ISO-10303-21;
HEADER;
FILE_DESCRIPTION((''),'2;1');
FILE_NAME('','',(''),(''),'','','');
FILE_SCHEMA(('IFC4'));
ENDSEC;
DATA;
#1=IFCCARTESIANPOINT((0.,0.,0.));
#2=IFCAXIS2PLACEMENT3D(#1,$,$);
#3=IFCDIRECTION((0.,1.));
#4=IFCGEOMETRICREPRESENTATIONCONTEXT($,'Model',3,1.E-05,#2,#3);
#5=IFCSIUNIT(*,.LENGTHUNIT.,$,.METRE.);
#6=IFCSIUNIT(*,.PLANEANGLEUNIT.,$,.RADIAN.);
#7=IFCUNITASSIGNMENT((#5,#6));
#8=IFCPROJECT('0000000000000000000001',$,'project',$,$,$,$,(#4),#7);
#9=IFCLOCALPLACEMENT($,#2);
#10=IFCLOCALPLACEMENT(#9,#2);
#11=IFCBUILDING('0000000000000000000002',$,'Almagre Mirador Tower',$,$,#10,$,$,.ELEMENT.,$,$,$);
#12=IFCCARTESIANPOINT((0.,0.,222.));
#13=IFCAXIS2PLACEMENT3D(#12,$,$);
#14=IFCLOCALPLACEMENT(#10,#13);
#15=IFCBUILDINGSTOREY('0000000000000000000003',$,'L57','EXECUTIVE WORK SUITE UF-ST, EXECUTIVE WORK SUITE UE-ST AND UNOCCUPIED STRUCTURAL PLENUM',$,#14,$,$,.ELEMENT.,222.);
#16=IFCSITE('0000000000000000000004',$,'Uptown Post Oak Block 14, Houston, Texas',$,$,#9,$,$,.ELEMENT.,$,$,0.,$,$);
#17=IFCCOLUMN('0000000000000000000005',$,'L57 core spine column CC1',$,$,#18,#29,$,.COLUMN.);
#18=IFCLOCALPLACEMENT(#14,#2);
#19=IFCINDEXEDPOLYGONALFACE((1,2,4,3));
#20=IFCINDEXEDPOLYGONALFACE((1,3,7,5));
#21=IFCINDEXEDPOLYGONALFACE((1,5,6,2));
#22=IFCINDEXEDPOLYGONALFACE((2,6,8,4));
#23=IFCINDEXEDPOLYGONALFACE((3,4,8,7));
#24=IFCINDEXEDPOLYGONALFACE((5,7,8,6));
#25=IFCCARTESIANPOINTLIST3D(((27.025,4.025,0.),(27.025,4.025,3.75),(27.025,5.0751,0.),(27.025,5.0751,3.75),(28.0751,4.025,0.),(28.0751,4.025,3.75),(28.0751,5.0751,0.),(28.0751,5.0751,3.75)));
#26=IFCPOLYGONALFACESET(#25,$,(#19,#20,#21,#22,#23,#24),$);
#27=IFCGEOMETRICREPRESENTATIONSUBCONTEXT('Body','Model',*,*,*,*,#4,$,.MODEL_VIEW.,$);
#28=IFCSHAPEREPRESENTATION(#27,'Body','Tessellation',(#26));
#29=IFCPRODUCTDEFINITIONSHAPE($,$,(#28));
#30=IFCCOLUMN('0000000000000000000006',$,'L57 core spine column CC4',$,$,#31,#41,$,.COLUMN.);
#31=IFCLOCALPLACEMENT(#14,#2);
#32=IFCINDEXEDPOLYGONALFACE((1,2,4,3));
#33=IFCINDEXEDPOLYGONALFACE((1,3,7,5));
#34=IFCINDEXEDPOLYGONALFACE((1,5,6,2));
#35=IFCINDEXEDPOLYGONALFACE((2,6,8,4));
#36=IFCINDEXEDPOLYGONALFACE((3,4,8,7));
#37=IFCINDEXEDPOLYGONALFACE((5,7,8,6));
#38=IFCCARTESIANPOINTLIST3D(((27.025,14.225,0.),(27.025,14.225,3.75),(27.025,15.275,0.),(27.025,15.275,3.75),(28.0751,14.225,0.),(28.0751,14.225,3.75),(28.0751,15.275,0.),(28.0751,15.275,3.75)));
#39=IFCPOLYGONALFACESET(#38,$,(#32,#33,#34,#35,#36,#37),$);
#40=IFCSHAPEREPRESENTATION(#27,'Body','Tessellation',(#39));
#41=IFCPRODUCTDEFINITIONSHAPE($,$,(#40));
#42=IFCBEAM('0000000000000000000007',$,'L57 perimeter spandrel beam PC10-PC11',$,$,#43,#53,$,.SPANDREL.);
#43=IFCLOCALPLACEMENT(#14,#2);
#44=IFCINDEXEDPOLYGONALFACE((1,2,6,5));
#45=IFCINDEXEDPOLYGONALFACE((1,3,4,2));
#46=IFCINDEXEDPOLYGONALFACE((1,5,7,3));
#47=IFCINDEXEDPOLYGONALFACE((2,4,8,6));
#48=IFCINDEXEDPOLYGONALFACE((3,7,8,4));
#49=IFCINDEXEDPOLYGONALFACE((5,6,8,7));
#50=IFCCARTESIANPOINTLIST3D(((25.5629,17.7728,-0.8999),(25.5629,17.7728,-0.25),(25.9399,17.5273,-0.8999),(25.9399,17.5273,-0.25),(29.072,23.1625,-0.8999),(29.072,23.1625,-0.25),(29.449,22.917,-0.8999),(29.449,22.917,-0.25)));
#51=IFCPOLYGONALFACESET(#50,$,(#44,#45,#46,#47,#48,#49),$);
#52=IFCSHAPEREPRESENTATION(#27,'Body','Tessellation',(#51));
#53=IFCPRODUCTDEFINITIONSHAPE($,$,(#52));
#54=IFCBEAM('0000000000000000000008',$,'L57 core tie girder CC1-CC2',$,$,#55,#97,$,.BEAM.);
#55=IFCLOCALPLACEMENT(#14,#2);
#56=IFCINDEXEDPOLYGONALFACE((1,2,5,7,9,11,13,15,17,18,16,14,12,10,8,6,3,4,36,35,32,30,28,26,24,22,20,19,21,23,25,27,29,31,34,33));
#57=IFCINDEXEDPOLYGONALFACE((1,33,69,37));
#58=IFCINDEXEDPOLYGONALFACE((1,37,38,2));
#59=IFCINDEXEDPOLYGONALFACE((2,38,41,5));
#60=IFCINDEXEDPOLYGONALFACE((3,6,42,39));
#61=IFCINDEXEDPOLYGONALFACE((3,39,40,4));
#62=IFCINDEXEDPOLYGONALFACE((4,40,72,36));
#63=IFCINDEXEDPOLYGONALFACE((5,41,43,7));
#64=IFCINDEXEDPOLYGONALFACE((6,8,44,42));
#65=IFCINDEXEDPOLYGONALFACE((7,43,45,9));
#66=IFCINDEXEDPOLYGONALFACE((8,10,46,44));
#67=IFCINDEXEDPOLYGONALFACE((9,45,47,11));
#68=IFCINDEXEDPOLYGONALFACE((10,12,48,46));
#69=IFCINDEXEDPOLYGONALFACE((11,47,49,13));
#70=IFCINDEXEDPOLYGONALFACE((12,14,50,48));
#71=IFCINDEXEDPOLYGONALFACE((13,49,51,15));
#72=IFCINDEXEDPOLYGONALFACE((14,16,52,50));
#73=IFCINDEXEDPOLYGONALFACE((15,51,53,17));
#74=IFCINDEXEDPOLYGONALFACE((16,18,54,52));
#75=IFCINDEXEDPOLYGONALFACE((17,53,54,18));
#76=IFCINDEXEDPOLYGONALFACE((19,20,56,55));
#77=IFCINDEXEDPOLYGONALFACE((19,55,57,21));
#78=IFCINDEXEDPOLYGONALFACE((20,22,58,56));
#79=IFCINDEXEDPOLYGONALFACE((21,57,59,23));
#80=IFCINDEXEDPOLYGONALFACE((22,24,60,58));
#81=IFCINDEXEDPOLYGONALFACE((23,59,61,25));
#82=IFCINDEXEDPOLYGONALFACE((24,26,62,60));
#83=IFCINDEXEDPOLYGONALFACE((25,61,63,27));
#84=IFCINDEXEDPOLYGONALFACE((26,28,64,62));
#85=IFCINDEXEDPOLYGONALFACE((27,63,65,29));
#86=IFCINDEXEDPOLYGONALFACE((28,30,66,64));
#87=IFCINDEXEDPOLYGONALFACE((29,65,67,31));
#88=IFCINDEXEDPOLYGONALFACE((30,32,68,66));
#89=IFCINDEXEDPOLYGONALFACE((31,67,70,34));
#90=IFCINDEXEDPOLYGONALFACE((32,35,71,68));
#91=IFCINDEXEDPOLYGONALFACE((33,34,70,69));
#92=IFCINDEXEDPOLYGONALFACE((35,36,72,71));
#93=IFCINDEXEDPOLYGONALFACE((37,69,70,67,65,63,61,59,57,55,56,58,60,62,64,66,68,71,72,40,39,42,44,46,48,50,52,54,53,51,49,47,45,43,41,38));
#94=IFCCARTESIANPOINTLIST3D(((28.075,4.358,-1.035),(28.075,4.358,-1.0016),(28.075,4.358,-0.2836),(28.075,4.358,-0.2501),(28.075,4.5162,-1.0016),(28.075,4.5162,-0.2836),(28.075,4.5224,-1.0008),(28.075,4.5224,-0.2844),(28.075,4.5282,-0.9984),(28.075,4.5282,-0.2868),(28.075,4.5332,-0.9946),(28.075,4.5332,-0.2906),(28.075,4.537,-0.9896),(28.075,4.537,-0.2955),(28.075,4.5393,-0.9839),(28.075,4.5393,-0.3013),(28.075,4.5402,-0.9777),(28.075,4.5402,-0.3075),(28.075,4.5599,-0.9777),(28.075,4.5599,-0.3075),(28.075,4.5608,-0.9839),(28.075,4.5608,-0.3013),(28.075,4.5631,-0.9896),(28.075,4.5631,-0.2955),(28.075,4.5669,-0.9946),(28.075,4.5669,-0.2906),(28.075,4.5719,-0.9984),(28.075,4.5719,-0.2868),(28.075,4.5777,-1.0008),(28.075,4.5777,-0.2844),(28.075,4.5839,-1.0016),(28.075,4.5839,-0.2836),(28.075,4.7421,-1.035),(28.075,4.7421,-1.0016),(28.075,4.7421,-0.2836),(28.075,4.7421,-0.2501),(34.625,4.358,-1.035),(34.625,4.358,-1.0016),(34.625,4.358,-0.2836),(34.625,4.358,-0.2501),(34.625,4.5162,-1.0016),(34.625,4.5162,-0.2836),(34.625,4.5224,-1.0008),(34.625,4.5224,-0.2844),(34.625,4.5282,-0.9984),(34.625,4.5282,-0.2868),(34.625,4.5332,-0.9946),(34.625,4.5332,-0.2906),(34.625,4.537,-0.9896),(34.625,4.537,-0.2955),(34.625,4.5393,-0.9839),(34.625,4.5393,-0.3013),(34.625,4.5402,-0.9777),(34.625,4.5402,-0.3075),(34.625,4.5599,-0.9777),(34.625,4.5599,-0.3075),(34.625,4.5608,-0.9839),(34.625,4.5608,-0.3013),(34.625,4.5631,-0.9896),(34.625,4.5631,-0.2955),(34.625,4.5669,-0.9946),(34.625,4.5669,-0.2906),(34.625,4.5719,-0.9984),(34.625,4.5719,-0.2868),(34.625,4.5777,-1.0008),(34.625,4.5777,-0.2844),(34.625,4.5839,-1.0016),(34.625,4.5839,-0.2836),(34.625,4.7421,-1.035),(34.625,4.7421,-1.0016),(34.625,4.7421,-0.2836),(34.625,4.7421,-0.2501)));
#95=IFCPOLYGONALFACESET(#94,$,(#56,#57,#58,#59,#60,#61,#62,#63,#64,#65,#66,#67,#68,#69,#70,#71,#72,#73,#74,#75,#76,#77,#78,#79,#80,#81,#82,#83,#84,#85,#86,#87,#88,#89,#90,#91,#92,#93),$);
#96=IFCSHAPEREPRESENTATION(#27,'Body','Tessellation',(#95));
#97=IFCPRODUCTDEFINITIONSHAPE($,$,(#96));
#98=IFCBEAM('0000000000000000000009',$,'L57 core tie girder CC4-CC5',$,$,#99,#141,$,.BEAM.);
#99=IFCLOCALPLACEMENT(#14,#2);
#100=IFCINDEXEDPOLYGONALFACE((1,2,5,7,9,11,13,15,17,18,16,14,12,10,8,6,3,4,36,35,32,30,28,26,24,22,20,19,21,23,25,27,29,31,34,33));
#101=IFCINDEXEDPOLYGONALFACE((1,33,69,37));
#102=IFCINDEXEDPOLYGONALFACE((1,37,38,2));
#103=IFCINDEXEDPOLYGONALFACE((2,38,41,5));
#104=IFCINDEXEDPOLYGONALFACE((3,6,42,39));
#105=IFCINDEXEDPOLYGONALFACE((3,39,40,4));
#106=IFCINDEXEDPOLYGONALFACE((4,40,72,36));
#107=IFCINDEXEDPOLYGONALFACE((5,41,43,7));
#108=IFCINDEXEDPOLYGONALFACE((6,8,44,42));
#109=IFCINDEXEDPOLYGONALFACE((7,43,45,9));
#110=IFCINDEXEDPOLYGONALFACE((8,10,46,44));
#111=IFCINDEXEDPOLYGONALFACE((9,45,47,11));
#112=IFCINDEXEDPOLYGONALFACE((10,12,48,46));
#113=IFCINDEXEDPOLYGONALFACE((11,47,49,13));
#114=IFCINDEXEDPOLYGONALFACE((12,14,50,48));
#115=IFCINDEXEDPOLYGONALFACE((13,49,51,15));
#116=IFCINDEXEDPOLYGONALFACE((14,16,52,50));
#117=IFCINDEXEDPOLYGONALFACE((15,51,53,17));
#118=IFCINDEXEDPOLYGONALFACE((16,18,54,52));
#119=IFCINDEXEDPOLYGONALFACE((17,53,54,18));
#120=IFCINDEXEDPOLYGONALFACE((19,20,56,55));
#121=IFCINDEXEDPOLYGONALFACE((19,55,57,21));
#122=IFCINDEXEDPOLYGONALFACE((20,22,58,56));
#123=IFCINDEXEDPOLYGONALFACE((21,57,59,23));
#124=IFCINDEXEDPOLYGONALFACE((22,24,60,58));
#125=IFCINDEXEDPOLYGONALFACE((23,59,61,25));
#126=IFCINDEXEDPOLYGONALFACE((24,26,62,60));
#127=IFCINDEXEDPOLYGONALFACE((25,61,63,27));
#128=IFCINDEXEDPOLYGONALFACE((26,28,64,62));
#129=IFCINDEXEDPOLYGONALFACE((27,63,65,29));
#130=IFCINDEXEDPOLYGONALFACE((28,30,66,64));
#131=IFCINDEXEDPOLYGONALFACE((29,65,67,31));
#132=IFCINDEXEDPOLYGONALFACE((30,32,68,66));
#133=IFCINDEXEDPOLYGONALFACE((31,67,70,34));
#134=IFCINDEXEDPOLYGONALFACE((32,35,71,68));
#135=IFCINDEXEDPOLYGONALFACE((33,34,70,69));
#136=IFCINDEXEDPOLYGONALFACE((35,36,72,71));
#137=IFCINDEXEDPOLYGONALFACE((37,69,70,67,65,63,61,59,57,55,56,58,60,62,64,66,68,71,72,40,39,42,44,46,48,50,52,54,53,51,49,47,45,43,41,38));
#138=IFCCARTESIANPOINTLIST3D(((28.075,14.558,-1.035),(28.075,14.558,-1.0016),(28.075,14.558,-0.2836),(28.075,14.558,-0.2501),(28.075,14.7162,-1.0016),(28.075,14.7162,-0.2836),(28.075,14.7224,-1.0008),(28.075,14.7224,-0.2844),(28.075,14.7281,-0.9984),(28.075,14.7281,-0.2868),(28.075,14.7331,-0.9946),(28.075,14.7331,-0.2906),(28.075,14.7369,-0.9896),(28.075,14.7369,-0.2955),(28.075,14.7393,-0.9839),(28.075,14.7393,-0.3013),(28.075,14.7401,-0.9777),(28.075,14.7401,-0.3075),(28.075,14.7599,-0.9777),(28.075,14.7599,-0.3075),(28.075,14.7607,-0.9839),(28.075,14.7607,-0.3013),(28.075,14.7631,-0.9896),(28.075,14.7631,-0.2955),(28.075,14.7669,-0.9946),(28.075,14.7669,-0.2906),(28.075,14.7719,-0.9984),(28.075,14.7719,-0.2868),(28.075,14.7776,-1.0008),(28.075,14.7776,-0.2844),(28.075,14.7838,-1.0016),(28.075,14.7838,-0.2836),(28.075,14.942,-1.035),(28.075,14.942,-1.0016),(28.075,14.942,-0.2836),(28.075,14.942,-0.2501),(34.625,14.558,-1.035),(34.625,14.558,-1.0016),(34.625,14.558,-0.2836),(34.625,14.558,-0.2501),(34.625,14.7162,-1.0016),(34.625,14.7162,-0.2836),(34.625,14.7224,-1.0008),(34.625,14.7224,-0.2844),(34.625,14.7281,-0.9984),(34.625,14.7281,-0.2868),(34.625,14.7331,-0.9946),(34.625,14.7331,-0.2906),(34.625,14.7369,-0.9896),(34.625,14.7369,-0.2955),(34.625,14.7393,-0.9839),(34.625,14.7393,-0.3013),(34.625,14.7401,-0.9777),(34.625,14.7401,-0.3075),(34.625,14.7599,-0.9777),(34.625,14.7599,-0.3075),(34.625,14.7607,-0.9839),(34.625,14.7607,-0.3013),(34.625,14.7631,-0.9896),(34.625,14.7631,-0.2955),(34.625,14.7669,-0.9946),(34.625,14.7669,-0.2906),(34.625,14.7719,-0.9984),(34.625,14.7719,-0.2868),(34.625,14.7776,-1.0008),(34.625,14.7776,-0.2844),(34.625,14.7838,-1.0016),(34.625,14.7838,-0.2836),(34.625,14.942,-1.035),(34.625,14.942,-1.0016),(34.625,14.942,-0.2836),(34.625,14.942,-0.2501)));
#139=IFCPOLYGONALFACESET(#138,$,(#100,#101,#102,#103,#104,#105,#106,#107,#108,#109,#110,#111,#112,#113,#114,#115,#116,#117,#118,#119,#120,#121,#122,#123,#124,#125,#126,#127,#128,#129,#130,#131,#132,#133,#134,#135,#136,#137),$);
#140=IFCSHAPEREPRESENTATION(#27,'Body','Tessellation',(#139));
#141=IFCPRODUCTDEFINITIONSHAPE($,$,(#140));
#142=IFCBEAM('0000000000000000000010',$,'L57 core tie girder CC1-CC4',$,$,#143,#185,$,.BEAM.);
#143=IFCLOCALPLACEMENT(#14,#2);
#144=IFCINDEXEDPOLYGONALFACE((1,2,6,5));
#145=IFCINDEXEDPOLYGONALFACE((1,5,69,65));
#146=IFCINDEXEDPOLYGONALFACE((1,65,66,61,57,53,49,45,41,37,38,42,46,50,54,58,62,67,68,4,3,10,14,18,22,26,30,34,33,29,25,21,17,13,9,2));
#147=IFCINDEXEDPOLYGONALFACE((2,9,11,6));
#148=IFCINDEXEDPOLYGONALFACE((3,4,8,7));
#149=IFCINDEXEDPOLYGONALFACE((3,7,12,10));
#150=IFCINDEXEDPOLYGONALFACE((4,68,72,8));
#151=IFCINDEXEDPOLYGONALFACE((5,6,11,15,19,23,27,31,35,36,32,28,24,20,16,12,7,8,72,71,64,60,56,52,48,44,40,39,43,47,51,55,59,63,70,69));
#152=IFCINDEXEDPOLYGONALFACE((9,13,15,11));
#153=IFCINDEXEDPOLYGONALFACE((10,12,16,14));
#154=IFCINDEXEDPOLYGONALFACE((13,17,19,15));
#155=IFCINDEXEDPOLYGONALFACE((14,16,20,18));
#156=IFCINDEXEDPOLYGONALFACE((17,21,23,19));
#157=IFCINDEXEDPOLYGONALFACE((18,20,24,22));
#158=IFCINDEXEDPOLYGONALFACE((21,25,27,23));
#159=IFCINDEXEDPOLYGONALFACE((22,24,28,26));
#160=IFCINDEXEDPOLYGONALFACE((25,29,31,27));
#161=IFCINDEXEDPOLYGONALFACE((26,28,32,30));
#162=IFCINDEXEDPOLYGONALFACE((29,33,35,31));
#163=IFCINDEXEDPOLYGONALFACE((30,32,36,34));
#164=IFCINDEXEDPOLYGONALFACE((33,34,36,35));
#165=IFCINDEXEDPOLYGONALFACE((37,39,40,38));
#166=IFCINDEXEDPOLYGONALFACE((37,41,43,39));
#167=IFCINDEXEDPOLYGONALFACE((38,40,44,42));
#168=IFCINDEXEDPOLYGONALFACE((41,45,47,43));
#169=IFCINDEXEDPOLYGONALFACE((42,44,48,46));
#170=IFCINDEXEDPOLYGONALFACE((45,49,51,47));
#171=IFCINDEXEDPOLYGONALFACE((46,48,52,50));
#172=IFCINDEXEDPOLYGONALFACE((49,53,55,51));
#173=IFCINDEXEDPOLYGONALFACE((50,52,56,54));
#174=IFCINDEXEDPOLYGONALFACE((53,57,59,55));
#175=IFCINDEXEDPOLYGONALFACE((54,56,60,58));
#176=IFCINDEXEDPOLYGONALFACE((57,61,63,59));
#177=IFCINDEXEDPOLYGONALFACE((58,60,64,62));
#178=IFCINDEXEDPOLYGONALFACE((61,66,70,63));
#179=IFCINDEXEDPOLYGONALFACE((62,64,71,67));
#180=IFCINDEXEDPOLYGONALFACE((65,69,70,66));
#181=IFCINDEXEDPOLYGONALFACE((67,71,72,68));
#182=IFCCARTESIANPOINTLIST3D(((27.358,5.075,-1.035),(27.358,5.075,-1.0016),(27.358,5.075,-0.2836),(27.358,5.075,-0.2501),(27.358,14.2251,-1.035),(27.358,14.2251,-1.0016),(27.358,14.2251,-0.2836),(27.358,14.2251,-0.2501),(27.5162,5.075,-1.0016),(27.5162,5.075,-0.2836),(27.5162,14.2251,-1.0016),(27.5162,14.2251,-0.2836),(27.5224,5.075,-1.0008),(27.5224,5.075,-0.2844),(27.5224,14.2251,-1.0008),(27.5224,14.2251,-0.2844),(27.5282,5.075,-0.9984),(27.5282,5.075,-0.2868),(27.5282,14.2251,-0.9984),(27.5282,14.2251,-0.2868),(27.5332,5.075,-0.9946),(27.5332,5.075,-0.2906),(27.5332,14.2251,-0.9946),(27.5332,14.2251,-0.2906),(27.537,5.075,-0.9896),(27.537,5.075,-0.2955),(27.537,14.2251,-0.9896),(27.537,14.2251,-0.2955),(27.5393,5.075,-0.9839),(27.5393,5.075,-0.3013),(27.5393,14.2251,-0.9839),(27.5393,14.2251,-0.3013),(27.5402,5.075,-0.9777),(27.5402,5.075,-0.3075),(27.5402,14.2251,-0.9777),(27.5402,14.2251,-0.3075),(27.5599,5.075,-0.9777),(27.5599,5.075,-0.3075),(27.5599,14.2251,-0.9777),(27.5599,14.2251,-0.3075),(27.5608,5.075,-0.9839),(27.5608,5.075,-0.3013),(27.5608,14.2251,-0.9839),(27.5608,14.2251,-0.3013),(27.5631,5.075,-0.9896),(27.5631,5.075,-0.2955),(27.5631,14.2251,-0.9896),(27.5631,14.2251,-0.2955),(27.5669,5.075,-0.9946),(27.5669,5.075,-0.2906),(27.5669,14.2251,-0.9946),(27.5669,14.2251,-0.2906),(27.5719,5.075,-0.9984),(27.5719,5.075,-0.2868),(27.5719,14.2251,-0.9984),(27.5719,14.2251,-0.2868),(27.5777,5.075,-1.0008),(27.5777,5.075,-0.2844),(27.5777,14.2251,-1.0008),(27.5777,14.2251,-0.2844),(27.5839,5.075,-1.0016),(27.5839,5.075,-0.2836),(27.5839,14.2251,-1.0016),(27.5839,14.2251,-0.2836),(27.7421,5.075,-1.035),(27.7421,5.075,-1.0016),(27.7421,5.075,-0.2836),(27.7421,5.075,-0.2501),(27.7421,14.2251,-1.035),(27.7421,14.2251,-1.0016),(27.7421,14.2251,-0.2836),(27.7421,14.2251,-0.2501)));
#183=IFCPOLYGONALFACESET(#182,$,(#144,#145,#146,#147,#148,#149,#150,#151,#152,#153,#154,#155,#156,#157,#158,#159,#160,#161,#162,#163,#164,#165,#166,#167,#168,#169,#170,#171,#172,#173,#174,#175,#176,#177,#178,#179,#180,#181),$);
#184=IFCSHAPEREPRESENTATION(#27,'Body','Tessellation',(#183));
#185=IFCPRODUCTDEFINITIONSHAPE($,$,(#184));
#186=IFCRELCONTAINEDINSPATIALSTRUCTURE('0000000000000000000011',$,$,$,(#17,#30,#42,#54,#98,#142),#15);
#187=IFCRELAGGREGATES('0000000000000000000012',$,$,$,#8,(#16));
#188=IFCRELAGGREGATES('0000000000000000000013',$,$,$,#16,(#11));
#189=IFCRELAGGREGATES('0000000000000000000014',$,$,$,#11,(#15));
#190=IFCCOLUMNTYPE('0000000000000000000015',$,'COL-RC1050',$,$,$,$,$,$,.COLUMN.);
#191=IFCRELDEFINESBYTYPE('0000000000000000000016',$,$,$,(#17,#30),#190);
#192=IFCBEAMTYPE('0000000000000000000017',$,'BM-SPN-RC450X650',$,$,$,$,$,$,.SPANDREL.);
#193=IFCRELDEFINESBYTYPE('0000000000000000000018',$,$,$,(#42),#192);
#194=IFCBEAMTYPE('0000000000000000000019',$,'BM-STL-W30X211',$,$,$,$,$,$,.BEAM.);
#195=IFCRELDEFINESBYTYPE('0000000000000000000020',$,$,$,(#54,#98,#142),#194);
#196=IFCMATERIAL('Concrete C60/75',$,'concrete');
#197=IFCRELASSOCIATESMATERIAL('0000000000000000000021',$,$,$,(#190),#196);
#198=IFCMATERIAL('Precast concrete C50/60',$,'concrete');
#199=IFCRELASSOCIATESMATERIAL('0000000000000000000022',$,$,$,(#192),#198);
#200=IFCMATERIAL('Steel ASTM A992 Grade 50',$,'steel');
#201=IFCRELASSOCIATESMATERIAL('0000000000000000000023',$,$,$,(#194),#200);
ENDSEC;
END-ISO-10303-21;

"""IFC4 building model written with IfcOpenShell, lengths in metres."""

from ifc_helpers import new_model, si_unit, direction, frame, origin, origin_2d, place, context, subcontext, project, spatial, rectangle, i_section, extrude, material, material_profile, profile_set, type_object, element, save


model = new_model("IFC4")

# Units and contexts
model_context = context("Model", 3, precision=1e-05, world=origin(), true_north=direction((0.0, 1.0)))
body_context = subcontext(model_context, "Body", "Model", "MODEL_VIEW")
ifc_project = project(units=[si_unit("LENGTHUNIT", "METRE"), si_unit("PLANEANGLEUNIT", "RADIAN")], contexts=[model_context])

# Site, building, storey
site_placement = place(None, origin())
site = spatial("IfcSite", under=ifc_project, at=site_placement, Name="Uptown Post Oak Block 14, Houston, Texas", CompositionType="ELEMENT", RefElevation=0.0)
building_placement = place(site_placement, origin())
building = spatial("IfcBuilding", under=site, at=building_placement, Name="Almagre Mirador Tower", CompositionType="ELEMENT")
storey_placement = place(building_placement, frame((0.0, 0.0, 222.0)))
storey = spatial("IfcBuildingStorey", under=building, at=storey_placement, Name="L57", Description="EXECUTIVE WORK SUITE UF-ST, EXECUTIVE WORK SUITE UE-ST AND UNOCCUPIED STRUCTURAL PLENUM", CompositionType="ELEMENT", Elevation=222.0)

# Columns
ifc_material_1 = material(Name="Concrete C60/75", Category="concrete")
ifc_material_profile_1 = material_profile(ifc_material_1, rectangle(XDim=1.05, YDim=1.05, at=origin_2d()), Name="RC1050X1050")
ifc_profile_set_1 = profile_set([ifc_material_profile_1], Name="Concrete C60/75")
column_type = type_object("IfcColumnType", Name="COL-RC1050", PredefinedType="COLUMN", material=ifc_profile_set_1)
for number, where, z_axis, x_axis, name in (
    (1, (27.55, 4.55, 0.0), (0.0, 0.0, 1.0), (1.0, 0.0, 0.0), "L57 core spine column CC1"),
    (2, (27.55, 14.75, 0.0), (0.0, 0.0, 1.0), (1.0, 0.0, 0.0), "L57 core spine column CC4"),
):
    element("IfcColumn", number, at=place(storey_placement, frame(where, z_axis=z_axis, x_axis=x_axis)), inside=storey, type_object=column_type, Name=name, PredefinedType="COLUMN", context=body_context, shape_type="SweptSolid", body=[
        extrude(rectangle(XDim=1.05, YDim=1.05, at=origin_2d()), origin(), (0.0, 0.0, 1.0), 3.75),
    ])

# Beams
ifc_material_2 = material(Name="Precast concrete C50/60", Category="concrete")
ifc_material_profile_2 = material_profile(ifc_material_2, rectangle(XDim=0.45, YDim=0.6499, at=origin_2d()), Name="RC450X650")
ifc_profile_set_2 = profile_set([ifc_material_profile_2], Name="Precast concrete C50/60")
beam_type_1 = type_object("IfcBeamType", Name="BM-SPN-RC450X650", PredefinedType="SPANDREL", material=ifc_profile_set_2)
beam_1_placement = place(storey_placement, frame((29.2605, 23.0398, -0.575), z_axis=(-0.545618, -0.838034, 0.0), x_axis=(0.838034, -0.545618, 0.0)))
element("IfcBeam", 3, at=beam_1_placement, inside=storey, type_object=beam_type_1, Name="L57 perimeter spandrel beam PC10-PC11", PredefinedType="SPANDREL", context=body_context, shape_type="SweptSolid", body=[
    extrude(rectangle(XDim=0.45, YDim=0.6499, at=origin_2d()), origin(), (0.0, 0.0, 1.0), 6.4314),
])
ifc_material_3 = material(Name="Steel ASTM A992 Grade 50", Category="steel")
ifc_material_profile_3 = material_profile(ifc_material_3, i_section(OverallWidth=0.384, OverallDepth=0.7849, WebThickness=0.0198, FlangeThickness=0.0334, FilletRadius=0.0239, at=origin_2d()), Name="W30X211")
ifc_profile_set_3 = profile_set([ifc_material_profile_3], Name="Steel ASTM A992 Grade 50")
beam_type_2 = type_object("IfcBeamType", Name="BM-STL-W30X211", PredefinedType="BEAM", material=ifc_profile_set_3)
for number, where, z_axis, x_axis, name in (
    (4, (28.075, 4.55, -0.6426), (1.0, 0.0, 0.0), (0.0, 1.0, 0.0), "L57 core tie girder CC1-CC2"),
    (5, (28.075, 14.75, -0.6426), (1.0, 0.0, 0.0), (0.0, 1.0, 0.0), "L57 core tie girder CC4-CC5"),
):
    element("IfcBeam", number, at=place(storey_placement, frame(where, z_axis=z_axis, x_axis=x_axis)), inside=storey, type_object=beam_type_2, Name=name, PredefinedType="BEAM", context=body_context, shape_type="SweptSolid", body=[
        extrude(i_section(OverallWidth=0.384, OverallDepth=0.7849, WebThickness=0.0198, FlangeThickness=0.0334, FilletRadius=0.0239, at=origin_2d()), origin(), (0.0, 0.0, 1.0), 6.55),
    ])
beam_2_placement = place(storey_placement, frame((27.55, 5.075, -0.6426), z_axis=(0.0, 1.0, 0.0), x_axis=(-1.0, 0.0, 0.0)))
element("IfcBeam", 6, at=beam_2_placement, inside=storey, type_object=beam_type_2, Name="L57 core tie girder CC1-CC4", PredefinedType="BEAM", context=body_context, shape_type="SweptSolid", body=[
    extrude(i_section(OverallWidth=0.384, OverallDepth=0.7849, WebThickness=0.0198, FlangeThickness=0.0334, FilletRadius=0.0239, at=origin_2d()), origin(), (0.0, 0.0, 1.0), 9.1501),
])

save(model, "model.ifc")
